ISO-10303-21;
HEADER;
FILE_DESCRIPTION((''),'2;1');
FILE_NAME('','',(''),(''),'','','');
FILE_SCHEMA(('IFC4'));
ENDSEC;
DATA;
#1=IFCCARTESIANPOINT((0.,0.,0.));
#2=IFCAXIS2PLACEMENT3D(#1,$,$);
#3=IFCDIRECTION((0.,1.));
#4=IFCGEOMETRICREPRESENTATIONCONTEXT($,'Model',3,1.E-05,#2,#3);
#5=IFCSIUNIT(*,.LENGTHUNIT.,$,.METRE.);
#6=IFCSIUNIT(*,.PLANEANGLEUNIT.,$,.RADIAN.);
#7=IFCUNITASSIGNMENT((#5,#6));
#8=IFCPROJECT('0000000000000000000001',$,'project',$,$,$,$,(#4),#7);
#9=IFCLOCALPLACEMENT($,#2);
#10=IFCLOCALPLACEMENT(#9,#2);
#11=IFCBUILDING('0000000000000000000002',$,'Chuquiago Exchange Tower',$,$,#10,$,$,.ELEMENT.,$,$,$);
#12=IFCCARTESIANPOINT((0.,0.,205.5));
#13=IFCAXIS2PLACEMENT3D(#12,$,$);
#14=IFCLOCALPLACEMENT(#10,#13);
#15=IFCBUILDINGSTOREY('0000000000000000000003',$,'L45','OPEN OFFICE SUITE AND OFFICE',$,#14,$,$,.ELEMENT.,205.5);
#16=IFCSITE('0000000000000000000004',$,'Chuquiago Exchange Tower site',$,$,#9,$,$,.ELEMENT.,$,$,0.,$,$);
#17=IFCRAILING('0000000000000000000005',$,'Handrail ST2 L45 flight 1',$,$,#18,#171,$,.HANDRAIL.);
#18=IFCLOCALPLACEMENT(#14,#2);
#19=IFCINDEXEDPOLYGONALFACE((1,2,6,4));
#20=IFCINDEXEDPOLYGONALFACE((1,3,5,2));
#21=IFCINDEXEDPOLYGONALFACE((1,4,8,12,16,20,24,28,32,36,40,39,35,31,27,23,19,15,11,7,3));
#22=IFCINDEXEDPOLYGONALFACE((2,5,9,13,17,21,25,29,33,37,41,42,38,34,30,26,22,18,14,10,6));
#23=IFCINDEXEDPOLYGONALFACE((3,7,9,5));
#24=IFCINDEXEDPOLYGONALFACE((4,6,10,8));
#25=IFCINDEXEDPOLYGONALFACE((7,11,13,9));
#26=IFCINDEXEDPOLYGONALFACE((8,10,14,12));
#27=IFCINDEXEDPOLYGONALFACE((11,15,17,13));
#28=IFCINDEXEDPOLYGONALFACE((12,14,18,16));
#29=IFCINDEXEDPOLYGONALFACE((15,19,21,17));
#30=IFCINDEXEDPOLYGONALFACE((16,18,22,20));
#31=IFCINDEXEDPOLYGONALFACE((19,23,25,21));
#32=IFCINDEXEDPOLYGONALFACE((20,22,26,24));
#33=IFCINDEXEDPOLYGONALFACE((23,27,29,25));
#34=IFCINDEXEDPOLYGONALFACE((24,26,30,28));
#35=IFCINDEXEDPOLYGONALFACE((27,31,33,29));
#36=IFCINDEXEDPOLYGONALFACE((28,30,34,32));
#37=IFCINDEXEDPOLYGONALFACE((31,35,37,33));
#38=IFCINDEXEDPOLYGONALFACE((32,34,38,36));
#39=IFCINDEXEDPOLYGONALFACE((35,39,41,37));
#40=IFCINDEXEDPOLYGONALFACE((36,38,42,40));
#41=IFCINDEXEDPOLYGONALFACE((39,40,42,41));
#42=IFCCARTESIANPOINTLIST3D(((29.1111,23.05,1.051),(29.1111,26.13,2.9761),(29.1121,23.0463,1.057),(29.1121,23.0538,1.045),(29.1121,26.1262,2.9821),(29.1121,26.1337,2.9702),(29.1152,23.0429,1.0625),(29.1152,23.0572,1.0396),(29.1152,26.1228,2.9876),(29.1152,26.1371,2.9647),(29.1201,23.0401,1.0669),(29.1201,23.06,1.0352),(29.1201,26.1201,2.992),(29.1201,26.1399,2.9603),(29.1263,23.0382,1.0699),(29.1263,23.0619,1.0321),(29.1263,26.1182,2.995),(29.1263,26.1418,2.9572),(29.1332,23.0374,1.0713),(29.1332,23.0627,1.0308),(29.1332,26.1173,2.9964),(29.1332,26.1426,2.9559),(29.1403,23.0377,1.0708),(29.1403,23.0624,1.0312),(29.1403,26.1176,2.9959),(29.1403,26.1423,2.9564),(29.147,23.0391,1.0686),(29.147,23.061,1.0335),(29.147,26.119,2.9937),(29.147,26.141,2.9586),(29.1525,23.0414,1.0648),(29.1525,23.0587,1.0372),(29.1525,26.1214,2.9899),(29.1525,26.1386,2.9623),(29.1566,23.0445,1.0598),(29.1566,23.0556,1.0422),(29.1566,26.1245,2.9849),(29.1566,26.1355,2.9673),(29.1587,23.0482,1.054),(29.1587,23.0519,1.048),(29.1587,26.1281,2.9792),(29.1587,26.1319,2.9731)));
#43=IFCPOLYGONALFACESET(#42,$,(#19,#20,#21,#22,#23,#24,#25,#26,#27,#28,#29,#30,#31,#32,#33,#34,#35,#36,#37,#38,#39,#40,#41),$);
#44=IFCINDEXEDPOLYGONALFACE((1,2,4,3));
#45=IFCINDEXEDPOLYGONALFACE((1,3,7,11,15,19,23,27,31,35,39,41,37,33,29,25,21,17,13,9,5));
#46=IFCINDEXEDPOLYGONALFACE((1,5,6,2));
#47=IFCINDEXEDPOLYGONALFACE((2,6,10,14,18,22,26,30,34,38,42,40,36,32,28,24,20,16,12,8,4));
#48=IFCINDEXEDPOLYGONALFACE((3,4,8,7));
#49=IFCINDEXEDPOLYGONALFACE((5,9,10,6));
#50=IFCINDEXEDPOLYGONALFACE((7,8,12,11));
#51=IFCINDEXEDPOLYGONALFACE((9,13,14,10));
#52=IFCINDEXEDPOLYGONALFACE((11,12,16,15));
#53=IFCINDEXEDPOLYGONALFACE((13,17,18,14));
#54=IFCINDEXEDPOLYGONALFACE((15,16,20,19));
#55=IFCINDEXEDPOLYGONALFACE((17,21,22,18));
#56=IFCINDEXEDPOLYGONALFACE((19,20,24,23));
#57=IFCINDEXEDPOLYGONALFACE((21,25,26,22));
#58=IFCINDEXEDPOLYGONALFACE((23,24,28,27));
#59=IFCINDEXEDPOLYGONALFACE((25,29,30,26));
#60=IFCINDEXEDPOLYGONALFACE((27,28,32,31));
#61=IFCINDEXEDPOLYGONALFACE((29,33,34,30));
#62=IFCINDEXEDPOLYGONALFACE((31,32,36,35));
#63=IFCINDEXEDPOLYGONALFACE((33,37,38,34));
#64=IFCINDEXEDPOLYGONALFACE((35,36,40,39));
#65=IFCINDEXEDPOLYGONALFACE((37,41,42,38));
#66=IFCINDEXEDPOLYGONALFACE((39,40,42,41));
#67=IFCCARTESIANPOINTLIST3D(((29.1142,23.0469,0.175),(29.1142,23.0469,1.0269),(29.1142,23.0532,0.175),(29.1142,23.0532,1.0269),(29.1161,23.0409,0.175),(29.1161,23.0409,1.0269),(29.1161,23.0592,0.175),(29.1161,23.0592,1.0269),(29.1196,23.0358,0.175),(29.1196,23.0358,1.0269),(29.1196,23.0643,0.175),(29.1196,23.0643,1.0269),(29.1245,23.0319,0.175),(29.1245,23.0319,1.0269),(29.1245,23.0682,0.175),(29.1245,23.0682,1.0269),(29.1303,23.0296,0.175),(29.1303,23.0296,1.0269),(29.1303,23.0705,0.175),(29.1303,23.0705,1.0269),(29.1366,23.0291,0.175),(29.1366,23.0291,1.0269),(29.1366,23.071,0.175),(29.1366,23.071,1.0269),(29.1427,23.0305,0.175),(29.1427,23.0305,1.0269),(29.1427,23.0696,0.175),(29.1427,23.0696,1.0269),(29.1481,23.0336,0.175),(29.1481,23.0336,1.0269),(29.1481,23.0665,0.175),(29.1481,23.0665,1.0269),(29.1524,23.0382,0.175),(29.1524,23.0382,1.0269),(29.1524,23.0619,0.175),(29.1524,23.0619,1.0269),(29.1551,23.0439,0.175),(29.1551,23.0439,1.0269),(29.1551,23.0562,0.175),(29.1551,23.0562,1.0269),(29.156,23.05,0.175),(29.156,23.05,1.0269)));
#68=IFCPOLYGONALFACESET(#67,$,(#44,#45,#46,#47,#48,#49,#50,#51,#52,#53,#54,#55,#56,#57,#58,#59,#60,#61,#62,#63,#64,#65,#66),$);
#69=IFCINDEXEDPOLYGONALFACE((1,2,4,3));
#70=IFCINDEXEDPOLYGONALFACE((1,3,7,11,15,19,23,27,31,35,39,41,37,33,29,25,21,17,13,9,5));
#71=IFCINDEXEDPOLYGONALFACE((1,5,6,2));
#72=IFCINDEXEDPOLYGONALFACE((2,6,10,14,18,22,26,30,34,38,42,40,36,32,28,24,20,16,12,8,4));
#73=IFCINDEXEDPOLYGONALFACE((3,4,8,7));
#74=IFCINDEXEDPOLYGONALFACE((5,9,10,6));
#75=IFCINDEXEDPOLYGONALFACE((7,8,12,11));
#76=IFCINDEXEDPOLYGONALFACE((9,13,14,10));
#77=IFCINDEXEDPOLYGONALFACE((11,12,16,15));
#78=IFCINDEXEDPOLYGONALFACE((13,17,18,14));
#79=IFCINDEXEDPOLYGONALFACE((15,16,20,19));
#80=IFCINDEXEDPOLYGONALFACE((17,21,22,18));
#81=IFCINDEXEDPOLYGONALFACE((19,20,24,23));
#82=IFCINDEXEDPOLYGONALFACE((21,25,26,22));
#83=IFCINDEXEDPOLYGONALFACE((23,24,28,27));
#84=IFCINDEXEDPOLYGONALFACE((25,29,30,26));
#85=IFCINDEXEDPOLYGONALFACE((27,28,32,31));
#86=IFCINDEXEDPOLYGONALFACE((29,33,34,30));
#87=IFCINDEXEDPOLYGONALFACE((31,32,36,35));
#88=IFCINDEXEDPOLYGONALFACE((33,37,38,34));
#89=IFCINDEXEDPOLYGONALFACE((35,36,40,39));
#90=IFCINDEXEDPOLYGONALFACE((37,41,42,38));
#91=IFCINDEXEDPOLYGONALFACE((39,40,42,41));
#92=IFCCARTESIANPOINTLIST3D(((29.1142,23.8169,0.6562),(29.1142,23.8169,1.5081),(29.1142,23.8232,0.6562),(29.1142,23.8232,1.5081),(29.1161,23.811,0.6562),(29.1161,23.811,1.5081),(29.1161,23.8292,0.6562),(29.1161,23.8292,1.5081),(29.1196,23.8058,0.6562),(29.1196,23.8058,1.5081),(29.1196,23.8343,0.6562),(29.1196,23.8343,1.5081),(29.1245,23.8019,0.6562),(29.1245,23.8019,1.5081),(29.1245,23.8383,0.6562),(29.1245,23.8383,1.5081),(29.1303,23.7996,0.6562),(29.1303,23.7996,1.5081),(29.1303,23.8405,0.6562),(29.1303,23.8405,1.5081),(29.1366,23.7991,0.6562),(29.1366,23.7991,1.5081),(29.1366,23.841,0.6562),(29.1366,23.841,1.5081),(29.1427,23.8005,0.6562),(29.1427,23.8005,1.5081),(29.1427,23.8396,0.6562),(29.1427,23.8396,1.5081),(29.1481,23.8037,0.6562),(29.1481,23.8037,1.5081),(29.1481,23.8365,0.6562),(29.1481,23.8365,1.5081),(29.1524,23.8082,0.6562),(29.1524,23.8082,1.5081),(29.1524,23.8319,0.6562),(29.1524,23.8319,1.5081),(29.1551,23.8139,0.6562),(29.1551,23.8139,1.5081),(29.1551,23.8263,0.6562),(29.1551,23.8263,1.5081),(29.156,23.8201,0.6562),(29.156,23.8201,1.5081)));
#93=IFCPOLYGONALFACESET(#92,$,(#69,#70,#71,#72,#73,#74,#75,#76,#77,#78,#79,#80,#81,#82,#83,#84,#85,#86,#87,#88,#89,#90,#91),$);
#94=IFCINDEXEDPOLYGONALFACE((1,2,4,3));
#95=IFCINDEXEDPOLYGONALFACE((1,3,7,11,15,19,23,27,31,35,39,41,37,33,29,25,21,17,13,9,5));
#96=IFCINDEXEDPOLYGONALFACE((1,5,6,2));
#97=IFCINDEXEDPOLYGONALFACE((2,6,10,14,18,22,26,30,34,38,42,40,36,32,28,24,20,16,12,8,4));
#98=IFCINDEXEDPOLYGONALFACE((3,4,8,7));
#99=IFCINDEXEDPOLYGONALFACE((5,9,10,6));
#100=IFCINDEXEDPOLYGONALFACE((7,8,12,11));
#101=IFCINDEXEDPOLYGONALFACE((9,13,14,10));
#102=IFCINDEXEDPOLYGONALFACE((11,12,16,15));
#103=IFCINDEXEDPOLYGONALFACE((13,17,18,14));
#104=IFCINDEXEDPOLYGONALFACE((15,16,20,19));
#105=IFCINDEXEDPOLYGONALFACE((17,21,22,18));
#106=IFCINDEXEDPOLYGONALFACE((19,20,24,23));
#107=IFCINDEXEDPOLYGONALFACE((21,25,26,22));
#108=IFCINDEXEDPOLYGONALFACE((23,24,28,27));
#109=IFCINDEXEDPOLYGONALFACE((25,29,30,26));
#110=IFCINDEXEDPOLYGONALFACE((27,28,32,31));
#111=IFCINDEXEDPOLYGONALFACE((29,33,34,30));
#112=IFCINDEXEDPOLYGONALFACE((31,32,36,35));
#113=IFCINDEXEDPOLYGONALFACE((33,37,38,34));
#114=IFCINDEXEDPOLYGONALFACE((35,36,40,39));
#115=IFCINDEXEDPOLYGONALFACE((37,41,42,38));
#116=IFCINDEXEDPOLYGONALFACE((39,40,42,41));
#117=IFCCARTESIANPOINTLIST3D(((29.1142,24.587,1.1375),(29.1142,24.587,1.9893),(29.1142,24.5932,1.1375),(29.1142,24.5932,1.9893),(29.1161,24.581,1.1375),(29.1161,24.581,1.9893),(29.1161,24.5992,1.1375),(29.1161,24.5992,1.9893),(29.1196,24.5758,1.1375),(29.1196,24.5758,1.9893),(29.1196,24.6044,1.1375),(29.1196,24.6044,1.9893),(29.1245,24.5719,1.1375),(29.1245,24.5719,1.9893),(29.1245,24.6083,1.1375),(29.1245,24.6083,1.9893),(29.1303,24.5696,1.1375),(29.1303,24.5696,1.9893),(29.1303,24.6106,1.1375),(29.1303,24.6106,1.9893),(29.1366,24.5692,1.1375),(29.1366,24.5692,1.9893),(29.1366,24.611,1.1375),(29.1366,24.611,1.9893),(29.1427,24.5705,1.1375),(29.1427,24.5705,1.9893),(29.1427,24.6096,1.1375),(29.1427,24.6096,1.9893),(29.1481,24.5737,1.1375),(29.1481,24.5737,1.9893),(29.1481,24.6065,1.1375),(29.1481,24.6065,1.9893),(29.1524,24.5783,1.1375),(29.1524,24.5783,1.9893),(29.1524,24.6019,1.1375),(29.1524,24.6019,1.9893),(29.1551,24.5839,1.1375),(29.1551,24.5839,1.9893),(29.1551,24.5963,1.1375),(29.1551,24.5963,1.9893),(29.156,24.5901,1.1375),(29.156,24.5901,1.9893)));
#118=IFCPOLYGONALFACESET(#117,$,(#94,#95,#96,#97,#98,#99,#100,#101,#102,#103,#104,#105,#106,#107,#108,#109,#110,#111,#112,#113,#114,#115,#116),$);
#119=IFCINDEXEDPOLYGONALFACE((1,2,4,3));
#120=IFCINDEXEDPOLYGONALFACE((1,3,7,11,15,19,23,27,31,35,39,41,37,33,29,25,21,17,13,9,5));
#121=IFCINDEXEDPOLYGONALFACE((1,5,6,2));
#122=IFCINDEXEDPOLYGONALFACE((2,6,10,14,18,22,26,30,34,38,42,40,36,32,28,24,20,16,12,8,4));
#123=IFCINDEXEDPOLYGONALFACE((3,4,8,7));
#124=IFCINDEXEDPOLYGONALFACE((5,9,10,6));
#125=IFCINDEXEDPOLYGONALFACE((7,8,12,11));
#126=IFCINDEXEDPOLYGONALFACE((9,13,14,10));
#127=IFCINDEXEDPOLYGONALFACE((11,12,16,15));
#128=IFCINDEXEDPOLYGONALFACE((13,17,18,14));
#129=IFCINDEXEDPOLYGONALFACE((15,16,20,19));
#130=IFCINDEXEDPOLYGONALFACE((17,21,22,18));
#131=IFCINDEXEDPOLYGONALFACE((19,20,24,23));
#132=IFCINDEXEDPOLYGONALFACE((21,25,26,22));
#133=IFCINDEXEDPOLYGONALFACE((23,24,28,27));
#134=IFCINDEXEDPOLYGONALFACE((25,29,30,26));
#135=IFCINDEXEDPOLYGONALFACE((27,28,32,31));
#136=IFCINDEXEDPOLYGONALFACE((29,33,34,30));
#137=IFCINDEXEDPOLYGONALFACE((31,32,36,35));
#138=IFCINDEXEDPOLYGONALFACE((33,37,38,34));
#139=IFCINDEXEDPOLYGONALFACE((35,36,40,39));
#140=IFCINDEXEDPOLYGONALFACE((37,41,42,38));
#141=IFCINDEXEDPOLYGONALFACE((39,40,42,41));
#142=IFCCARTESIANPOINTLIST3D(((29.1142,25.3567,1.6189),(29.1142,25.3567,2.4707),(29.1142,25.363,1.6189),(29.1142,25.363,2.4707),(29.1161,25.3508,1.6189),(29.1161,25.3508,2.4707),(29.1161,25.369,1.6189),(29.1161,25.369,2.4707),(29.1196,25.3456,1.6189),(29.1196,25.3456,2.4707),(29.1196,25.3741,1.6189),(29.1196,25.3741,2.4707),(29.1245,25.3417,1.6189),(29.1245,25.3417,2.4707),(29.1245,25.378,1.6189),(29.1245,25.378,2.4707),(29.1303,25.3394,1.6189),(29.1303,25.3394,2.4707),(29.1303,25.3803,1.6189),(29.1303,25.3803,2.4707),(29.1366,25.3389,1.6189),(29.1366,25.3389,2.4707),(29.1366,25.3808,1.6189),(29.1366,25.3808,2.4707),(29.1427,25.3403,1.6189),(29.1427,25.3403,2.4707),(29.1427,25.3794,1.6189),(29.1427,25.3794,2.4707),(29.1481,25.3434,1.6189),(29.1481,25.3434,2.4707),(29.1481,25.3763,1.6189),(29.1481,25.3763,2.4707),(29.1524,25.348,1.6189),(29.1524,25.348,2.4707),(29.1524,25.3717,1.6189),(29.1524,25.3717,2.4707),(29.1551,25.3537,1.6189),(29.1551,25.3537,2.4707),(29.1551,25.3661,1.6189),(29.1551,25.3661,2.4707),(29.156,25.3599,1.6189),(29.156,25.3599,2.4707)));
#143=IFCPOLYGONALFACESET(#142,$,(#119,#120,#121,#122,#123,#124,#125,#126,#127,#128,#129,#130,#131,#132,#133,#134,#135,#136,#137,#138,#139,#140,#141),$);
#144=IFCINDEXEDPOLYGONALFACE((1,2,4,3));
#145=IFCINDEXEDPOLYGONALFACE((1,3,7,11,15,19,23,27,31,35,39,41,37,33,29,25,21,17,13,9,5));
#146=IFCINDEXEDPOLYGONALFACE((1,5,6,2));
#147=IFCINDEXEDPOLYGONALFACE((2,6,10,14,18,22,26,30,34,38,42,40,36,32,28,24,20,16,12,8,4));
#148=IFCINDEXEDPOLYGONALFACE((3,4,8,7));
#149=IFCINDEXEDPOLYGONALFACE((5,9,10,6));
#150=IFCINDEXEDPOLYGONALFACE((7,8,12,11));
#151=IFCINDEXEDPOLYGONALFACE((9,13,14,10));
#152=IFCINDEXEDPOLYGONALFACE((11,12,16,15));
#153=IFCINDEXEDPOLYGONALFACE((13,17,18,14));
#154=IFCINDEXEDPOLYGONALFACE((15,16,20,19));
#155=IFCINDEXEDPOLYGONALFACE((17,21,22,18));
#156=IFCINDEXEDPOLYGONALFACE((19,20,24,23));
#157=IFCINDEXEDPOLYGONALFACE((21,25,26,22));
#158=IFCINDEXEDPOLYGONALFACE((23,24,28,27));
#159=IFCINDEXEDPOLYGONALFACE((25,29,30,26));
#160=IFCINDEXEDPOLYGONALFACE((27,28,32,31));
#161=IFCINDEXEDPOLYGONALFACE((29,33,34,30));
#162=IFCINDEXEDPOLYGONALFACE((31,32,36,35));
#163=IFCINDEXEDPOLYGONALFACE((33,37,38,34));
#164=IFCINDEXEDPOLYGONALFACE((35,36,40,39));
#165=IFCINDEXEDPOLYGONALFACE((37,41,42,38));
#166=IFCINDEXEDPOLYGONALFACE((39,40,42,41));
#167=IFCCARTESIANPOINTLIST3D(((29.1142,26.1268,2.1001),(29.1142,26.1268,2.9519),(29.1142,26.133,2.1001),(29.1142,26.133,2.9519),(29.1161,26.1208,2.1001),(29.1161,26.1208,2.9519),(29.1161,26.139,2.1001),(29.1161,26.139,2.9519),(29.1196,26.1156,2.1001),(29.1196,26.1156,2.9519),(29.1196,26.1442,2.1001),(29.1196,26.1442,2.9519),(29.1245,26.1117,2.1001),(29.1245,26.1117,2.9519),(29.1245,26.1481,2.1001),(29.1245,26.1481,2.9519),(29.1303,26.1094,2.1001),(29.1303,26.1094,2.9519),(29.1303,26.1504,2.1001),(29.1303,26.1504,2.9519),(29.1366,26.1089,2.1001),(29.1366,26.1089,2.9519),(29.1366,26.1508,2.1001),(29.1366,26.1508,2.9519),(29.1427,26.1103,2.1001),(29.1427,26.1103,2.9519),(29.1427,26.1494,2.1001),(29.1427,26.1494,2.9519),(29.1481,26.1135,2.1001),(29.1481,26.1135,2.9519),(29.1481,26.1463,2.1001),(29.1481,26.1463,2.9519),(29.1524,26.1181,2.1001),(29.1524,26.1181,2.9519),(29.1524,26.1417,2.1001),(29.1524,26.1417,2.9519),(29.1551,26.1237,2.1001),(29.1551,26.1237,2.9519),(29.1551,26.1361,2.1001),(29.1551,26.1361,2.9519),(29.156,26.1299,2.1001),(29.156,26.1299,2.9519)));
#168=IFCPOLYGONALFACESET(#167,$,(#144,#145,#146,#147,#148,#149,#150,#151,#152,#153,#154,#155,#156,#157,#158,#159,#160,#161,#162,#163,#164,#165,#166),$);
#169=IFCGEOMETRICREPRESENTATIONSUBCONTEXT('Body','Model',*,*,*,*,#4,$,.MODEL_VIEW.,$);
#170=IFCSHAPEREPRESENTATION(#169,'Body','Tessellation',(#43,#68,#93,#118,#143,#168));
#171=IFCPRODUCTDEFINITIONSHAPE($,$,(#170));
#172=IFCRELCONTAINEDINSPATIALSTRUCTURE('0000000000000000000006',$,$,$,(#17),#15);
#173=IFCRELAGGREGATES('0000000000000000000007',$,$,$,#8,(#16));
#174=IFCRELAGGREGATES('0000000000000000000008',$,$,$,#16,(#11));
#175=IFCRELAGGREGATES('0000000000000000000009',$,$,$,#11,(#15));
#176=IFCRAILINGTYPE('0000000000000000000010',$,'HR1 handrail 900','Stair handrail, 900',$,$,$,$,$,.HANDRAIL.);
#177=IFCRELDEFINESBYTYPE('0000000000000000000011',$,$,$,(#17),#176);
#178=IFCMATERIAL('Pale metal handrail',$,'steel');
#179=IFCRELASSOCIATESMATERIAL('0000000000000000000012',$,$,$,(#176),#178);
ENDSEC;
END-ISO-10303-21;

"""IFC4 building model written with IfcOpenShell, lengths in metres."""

from ifc_helpers import new_model, si_unit, direction, frame, origin, origin_2d, place, context, subcontext, project, spatial, circle, extrude, material, type_object, element, save


model = new_model("IFC4")

# Units and contexts
model_context = context("Model", 3, precision=1e-05, world=origin(), true_north=direction((0.0, 1.0)))
body_context = subcontext(model_context, "Body", "Model", "MODEL_VIEW")
ifc_project = project(units=[si_unit("LENGTHUNIT", "METRE"), si_unit("PLANEANGLEUNIT", "RADIAN")], contexts=[model_context])

# Site, building, storey
site_placement = place(None, origin())
site = spatial("IfcSite", under=ifc_project, at=site_placement, Name="Chuquiago Exchange Tower site", CompositionType="ELEMENT", RefElevation=0.0)
building_placement = place(site_placement, origin())
building = spatial("IfcBuilding", under=site, at=building_placement, Name="Chuquiago Exchange Tower", CompositionType="ELEMENT")
storey_placement = place(building_placement, frame((0.0, 0.0, 205.5)))
storey = spatial("IfcBuildingStorey", under=building, at=storey_placement, Name="L45", Description="OPEN OFFICE SUITE AND OFFICE", CompositionType="ELEMENT", Elevation=205.5)

# Railing
ifc_material_1 = material(Name="Pale metal handrail", Category="steel")
railing_type_1 = type_object("IfcRailingType", Name="HR1 handrail 900", Description="Stair handrail, 900", PredefinedType="HANDRAIL", material=ifc_material_1)
railing_1_placement = place(storey_placement, frame((29.135, 23.05, 0.175)))
element("IfcRailing", 1, at=railing_1_placement, inside=storey, type_object=railing_type_1, Name="Handrail ST2 L45 flight 1", PredefinedType="HANDRAIL", context=body_context, shape_type="SweptSolid", body=[
    extrude(circle(Radius=0.0239, at=origin_2d()), frame((0.0, 0.0, 0.876), z_axis=(0.0, 0.847979, 0.530029), x_axis=(-1.0, 0.0, 0.0)), (0.0, 0.0, 1.0), 3.6321),
    extrude(circle(Radius=0.021, at=origin_2d()), origin(), (0.0, 0.0, 1.0), 0.8518),
    extrude(circle(Radius=0.021, at=origin_2d()), frame((0.0, 0.77, 0.4812)), (0.0, 0.0, 1.0), 0.8518),
    extrude(circle(Radius=0.021, at=origin_2d()), frame((0.0, 1.54, 0.9624)), (0.0, 0.0, 1.0), 0.8518),
    extrude(circle(Radius=0.021, at=origin_2d()), frame((0.0, 2.3098, 1.4438)), (0.0, 0.0, 1.0), 0.8518),
    extrude(circle(Radius=0.021, at=origin_2d()), frame((0.0, 3.0798, 1.925)), (0.0, 0.0, 1.0), 0.8518),
])

save(model, "model.ifc")
